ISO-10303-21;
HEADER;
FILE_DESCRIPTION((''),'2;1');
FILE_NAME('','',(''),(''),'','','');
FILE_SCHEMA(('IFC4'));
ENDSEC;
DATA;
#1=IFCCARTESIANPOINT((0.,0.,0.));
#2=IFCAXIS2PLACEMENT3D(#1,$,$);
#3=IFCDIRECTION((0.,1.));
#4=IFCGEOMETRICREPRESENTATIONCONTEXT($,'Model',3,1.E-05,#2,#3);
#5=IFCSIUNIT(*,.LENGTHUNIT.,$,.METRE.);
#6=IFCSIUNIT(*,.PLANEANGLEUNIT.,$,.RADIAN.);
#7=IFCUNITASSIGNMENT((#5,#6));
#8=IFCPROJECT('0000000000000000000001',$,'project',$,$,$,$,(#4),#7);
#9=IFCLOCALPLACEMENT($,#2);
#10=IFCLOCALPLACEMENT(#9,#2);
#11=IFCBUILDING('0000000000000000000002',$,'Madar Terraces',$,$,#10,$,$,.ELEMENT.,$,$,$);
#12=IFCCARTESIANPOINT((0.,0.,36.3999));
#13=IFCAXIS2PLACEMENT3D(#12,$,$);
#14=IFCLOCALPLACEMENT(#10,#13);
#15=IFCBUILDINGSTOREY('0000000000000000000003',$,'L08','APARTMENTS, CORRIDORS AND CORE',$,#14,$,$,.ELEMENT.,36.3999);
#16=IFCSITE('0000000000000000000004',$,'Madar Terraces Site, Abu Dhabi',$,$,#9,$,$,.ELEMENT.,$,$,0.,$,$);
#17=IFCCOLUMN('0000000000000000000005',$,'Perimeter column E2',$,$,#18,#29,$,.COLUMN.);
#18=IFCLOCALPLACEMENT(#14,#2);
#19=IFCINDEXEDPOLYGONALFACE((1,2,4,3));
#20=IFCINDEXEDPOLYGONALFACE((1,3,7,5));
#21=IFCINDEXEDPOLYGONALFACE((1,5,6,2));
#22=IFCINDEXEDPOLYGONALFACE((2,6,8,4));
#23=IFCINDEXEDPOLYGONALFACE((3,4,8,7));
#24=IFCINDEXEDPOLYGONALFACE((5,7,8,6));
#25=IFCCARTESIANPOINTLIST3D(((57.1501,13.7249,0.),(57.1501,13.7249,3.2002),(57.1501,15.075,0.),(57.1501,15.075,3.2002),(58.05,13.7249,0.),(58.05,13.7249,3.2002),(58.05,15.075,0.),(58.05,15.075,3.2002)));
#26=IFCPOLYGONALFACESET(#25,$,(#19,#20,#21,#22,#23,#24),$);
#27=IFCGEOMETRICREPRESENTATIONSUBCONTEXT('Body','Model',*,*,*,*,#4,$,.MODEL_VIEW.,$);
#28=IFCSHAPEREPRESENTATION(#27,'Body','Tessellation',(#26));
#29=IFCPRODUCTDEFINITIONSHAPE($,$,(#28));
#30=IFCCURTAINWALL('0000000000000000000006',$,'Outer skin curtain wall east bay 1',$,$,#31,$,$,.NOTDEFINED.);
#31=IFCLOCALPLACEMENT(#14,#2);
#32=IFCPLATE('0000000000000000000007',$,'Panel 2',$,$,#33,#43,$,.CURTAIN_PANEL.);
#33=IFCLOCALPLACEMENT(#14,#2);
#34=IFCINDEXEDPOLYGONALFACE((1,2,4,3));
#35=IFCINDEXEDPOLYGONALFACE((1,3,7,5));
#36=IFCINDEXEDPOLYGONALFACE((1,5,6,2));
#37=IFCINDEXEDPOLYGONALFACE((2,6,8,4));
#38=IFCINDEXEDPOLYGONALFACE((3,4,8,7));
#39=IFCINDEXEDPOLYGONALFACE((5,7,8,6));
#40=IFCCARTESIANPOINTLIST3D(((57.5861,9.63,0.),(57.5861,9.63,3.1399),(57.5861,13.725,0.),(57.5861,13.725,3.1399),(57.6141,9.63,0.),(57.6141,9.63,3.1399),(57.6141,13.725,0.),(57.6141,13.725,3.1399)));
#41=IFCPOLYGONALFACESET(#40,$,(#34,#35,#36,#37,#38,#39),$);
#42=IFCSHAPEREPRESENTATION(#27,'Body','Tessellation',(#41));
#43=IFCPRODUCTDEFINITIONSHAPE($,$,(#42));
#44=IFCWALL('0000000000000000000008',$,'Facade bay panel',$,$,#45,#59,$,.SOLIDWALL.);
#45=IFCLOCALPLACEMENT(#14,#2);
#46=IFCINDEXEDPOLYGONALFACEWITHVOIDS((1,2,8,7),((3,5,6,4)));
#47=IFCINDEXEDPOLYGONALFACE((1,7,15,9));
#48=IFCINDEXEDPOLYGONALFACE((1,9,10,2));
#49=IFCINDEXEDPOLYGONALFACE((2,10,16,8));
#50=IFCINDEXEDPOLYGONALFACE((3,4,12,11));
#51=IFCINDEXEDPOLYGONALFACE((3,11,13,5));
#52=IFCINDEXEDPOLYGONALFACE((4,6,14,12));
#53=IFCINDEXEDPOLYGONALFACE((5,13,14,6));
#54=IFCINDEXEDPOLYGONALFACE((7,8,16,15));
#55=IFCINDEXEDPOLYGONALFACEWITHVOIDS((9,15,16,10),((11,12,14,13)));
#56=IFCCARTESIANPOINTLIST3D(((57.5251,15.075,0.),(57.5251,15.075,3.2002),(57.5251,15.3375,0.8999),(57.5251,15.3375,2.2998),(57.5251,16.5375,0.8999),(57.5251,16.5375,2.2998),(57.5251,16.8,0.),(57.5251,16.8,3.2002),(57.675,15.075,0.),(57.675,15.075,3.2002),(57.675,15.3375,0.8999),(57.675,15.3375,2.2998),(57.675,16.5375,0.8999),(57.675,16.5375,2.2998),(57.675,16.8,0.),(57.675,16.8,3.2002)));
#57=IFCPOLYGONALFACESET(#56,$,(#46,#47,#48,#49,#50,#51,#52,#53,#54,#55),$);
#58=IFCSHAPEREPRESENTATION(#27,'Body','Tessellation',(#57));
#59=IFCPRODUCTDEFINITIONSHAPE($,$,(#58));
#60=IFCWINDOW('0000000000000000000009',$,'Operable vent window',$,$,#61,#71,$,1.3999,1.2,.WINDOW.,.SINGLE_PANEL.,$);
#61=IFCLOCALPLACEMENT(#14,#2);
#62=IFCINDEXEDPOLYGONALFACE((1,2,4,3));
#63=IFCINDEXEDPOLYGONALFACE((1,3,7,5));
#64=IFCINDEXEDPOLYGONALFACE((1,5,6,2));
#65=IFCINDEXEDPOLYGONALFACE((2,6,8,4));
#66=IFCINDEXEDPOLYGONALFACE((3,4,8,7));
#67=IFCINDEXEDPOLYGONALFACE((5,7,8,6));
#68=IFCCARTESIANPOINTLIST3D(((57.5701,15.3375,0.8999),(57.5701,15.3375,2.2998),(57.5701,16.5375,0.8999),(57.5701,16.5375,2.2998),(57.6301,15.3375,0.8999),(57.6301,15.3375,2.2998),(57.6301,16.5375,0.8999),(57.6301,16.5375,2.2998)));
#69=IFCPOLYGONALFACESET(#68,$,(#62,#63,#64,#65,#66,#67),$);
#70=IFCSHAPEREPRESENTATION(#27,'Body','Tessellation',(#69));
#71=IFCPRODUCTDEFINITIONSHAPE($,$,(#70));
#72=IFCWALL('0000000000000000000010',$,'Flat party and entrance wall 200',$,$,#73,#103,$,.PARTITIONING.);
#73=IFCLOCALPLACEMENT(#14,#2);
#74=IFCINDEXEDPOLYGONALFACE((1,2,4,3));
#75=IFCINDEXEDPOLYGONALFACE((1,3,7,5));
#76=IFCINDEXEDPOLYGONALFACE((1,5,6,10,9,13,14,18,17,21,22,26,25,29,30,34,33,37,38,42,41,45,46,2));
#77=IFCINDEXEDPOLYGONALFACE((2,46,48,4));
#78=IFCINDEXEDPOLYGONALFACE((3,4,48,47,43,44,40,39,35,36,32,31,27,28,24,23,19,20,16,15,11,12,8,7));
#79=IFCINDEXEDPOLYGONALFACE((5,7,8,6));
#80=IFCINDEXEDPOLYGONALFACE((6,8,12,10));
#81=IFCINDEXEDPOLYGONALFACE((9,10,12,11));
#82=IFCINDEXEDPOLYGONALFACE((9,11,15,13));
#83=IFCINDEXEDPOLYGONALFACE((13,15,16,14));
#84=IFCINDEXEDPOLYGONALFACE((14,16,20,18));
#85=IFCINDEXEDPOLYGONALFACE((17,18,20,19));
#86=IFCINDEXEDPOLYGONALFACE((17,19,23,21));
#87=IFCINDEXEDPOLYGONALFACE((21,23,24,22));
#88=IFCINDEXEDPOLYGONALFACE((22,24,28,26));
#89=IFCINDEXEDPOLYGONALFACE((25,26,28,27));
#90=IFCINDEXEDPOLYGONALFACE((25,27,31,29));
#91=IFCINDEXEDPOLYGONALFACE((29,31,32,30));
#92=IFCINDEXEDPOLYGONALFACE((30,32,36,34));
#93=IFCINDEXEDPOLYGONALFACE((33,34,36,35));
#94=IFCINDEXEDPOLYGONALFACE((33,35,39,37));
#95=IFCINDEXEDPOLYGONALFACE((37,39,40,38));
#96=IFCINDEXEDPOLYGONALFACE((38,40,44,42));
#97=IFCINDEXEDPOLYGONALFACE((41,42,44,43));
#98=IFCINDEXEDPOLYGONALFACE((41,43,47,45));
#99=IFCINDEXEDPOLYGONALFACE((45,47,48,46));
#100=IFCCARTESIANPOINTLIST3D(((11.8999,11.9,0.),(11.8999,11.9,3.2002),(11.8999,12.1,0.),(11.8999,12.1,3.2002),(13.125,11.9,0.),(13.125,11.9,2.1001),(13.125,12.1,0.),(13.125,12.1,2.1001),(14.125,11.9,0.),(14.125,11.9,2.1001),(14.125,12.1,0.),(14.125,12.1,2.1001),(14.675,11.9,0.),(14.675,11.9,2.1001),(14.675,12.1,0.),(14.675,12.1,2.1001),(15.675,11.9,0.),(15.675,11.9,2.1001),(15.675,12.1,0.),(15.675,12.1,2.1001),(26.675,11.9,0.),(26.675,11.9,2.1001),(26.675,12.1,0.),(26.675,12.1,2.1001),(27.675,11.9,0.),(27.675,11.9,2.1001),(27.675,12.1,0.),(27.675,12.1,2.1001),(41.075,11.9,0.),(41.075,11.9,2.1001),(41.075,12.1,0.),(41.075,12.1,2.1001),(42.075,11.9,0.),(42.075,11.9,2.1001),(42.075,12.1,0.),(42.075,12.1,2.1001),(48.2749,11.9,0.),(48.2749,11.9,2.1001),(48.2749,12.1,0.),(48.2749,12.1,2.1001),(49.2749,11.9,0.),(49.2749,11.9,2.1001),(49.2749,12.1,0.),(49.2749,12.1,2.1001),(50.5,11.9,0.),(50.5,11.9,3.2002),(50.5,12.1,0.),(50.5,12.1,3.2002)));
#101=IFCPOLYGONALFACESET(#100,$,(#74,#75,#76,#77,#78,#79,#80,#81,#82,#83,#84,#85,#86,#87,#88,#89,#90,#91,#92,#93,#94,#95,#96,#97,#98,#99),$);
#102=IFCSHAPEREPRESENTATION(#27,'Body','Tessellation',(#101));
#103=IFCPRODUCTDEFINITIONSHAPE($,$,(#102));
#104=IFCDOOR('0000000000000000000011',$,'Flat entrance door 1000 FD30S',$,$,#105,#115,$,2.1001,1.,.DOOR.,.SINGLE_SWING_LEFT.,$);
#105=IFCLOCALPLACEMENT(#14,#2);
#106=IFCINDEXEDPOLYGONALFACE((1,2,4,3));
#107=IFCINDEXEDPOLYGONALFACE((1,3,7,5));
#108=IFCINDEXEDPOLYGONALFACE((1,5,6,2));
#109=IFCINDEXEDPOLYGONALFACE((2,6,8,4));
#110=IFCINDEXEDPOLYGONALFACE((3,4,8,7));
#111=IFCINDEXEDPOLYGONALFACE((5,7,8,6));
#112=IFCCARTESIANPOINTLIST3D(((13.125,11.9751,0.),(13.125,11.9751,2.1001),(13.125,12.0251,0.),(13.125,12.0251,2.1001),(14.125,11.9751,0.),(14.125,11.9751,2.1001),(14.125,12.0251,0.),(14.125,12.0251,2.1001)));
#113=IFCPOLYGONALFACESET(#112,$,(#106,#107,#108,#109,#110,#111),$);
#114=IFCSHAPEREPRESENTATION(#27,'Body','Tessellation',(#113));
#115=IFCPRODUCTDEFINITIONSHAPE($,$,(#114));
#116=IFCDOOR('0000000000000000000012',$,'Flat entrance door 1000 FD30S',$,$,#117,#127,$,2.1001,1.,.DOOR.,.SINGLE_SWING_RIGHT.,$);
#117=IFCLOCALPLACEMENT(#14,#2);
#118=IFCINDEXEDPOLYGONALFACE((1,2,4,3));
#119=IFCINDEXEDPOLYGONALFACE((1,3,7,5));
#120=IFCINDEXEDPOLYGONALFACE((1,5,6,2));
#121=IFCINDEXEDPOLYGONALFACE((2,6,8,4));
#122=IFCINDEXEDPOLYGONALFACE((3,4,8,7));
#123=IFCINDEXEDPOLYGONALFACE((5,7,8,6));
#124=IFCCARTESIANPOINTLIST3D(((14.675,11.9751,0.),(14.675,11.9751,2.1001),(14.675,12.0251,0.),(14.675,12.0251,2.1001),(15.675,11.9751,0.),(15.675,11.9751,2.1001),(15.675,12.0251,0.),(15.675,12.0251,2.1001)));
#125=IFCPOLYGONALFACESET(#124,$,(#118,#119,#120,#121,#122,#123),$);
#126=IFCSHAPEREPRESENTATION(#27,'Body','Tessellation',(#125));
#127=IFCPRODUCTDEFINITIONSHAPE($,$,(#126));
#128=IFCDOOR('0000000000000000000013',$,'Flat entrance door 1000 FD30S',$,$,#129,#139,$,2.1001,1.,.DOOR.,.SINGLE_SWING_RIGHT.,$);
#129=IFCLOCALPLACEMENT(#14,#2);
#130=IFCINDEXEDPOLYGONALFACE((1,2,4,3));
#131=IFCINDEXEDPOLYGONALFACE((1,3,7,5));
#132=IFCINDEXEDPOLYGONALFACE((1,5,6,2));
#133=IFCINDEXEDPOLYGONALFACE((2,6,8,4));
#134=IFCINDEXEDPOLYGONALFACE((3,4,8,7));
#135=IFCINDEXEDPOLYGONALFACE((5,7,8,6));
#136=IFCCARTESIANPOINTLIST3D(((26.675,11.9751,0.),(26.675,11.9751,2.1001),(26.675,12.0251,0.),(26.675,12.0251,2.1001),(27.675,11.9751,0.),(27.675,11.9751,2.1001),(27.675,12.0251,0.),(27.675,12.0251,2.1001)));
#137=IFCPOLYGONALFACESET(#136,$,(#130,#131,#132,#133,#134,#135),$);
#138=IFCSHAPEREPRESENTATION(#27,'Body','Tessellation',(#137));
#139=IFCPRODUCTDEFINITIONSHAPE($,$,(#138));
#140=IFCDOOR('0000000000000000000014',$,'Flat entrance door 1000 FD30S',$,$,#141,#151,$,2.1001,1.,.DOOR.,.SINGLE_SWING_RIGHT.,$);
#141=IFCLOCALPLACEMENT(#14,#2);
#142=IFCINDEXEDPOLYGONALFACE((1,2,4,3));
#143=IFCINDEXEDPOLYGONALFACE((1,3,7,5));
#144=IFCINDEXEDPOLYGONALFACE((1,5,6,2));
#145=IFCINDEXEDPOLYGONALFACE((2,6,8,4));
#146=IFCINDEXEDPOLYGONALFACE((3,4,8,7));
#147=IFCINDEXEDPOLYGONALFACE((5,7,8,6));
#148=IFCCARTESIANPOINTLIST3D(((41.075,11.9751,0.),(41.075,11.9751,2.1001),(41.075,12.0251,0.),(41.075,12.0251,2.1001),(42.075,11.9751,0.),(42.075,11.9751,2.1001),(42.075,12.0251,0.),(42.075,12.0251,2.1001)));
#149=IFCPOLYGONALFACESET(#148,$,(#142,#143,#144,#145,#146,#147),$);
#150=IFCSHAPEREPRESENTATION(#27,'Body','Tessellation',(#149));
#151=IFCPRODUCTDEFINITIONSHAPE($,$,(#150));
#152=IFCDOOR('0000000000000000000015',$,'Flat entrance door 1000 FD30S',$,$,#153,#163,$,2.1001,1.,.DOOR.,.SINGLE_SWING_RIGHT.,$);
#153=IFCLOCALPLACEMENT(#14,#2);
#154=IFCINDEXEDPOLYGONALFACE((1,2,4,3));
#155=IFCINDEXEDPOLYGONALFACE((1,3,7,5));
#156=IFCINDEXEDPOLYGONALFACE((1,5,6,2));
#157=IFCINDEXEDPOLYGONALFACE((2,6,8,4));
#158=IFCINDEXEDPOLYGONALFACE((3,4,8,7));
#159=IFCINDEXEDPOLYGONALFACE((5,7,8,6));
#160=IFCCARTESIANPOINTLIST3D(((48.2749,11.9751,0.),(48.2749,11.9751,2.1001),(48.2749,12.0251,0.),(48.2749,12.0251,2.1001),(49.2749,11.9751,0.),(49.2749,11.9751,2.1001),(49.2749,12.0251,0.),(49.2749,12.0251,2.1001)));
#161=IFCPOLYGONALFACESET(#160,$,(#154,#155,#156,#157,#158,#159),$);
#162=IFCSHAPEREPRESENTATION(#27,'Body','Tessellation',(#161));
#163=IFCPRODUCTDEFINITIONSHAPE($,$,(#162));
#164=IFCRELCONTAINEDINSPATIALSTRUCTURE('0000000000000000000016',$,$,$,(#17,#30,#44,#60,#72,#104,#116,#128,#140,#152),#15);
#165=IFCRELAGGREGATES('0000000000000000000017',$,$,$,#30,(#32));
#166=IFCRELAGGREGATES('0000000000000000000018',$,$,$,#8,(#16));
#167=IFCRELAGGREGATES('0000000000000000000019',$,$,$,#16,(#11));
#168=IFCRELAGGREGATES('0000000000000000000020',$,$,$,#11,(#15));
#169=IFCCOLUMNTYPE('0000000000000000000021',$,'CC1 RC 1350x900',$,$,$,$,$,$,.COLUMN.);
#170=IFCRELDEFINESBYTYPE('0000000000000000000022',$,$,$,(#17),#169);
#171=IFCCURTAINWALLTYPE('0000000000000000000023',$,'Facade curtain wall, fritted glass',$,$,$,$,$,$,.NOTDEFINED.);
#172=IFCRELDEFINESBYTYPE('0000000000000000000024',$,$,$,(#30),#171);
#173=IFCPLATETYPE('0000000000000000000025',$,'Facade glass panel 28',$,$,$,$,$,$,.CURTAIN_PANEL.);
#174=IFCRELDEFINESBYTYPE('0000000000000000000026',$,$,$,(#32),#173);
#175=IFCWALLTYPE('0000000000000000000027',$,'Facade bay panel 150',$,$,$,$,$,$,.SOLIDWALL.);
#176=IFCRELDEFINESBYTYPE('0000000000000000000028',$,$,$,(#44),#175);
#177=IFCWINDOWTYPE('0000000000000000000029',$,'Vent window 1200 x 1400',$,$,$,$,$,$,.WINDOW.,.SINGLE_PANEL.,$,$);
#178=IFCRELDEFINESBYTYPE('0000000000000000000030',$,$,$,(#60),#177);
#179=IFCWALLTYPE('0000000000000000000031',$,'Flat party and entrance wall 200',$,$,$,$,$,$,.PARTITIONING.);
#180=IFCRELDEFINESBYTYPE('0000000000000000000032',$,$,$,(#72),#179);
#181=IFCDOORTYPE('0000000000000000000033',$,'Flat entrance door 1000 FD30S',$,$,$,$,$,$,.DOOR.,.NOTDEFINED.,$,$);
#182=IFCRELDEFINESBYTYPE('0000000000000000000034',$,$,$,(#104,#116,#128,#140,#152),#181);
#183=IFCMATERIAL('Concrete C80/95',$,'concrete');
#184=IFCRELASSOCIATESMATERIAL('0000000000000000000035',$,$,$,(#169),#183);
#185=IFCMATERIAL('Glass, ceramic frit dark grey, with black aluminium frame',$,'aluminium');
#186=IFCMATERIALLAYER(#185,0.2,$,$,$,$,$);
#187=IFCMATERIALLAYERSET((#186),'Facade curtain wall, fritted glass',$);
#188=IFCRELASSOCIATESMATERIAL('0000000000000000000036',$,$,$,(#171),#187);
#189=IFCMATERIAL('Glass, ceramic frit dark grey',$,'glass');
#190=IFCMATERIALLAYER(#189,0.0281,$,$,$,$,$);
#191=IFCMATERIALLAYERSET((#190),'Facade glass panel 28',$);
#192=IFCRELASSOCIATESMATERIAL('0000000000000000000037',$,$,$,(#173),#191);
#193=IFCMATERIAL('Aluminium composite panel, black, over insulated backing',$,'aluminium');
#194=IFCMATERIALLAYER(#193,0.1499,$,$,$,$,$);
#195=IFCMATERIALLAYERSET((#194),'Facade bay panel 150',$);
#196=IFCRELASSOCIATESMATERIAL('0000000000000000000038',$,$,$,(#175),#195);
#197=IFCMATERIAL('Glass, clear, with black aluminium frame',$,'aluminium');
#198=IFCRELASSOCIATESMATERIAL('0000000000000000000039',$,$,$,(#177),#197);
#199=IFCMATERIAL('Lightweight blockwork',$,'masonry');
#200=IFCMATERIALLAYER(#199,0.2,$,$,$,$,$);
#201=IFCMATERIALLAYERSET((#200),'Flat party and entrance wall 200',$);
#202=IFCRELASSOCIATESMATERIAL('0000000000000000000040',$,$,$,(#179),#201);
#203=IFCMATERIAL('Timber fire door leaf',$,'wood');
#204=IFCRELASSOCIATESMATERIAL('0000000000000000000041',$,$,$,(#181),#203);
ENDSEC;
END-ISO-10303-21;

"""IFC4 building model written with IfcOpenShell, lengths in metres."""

from ifc_helpers import new_model, si_unit, direction, frame, frame_2d, origin, origin_2d, place, context, subcontext, project, spatial, rectangle, extrude, material, layer, layer_set, material_profile, profile_set, type_object, element, fill, aggregate, save


model = new_model("IFC4")

# Units and contexts
model_context = context("Model", 3, precision=1e-05, world=origin(), true_north=direction((0.0, 1.0)))
body_context = subcontext(model_context, "Body", "Model", "MODEL_VIEW")
ifc_project = project(units=[si_unit("LENGTHUNIT", "METRE"), si_unit("PLANEANGLEUNIT", "RADIAN")], contexts=[model_context])

# Site, building, storey
site_placement = place(None, origin())
site = spatial("IfcSite", under=ifc_project, at=site_placement, Name="Madar Terraces Site, Abu Dhabi", CompositionType="ELEMENT", RefElevation=0.0)
building_placement = place(site_placement, origin())
building = spatial("IfcBuilding", under=site, at=building_placement, Name="Madar Terraces", CompositionType="ELEMENT")
storey_placement = place(building_placement, frame((0.0, 0.0, 36.3999)))
storey = spatial("IfcBuildingStorey", under=building, at=storey_placement, Name="L08", Description="APARTMENTS, CORRIDORS AND CORE", CompositionType="ELEMENT", Elevation=36.3999)

# Column
ifc_material_1 = material(Name="Concrete C80/95", Category="concrete")
ifc_material_profile = material_profile(ifc_material_1, rectangle(XDim=1.3501, YDim=0.8999, at=origin_2d()), Name="CC1 RC 1350x900")
ifc_profile_set = profile_set([ifc_material_profile], Name="Concrete C80/95")
column_type = type_object("IfcColumnType", Name="CC1 RC 1350x900", PredefinedType="COLUMN", material=ifc_profile_set)
column_placement = place(storey_placement, frame((57.6001, 14.3999, 0.0), z_axis=(0.0, 0.0, 1.0), x_axis=(0.0, 1.0, 0.0)))
element("IfcColumn", 1, at=column_placement, inside=storey, type_object=column_type, Name="Perimeter column E2", PredefinedType="COLUMN", context=body_context, shape_type="SweptSolid", body=[
    extrude(rectangle(XDim=1.3501, YDim=0.8999, at=origin_2d()), origin(), (0.0, 0.0, 1.0), 3.2002),
])

# Curtain wall, plate
ifc_material_2 = material(Name="Glass, ceramic frit dark grey, with black aluminium frame", Category="aluminium")
ifc_layer_1 = layer(ifc_material_2, 0.2)
ifc_layer_set_1 = layer_set([ifc_layer_1], Name="Facade curtain wall, fritted glass")
curtain_wall_type = type_object("IfcCurtainWallType", Name="Facade curtain wall, fritted glass", PredefinedType="NOTDEFINED", material=ifc_layer_set_1)
curtain_wall_placement = place(storey_placement, origin())
curtain_wall = element("IfcCurtainWall", 2, at=curtain_wall_placement, inside=storey, type_object=curtain_wall_type, Name="Outer skin curtain wall east bay 1", PredefinedType="NOTDEFINED")
ifc_material_3 = material(Name="Glass, ceramic frit dark grey", Category="glass")
ifc_layer_2 = layer(ifc_material_3, 0.0281)
ifc_layer_set_2 = layer_set([ifc_layer_2], Name="Facade glass panel 28")
plate_type = type_object("IfcPlateType", Name="Facade glass panel 28", PredefinedType="CURTAIN_PANEL", material=ifc_layer_set_2)
plate_placement = place(storey_placement, frame((57.6001, 11.6775, 0.0), z_axis=(0.0, 0.0, 1.0), x_axis=(0.0, 1.0, 0.0)))
plate = element("IfcPlate", 3, at=plate_placement, type_object=plate_type, Name="Panel 2", PredefinedType="CURTAIN_PANEL", context=body_context, shape_type="SweptSolid", body=[
    extrude(rectangle(XDim=4.095, YDim=0.0281, at=origin_2d()), origin(), (0.0, 0.0, 1.0), 3.1399),
])
aggregate(curtain_wall, [plate])

# Wall, opening, window
ifc_material_4 = material(Name="Aluminium composite panel, black, over insulated backing", Category="aluminium")
ifc_layer_3 = layer(ifc_material_4, 0.1499)
ifc_layer_set_3 = layer_set([ifc_layer_3], Name="Facade bay panel 150")
wall_type_1 = type_object("IfcWallType", Name="Facade bay panel 150", PredefinedType="SOLIDWALL", material=ifc_layer_set_3)
wall_1_placement = place(storey_placement, frame((57.6001, 15.075, 0.0), z_axis=(0.0, 0.0, 1.0), x_axis=(0.0, 1.0, 0.0)))
wall_1 = element("IfcWall", 4, at=wall_1_placement, inside=storey, type_object=wall_type_1, Name="Facade bay panel", PredefinedType="SOLIDWALL", context=body_context, shape_type="SweptSolid", body=[
    extrude(rectangle(XDim=1.7251, YDim=0.1499, at=frame_2d((0.8625, 0.0))), origin(), (0.0, 0.0, 1.0), 3.2002),
])
opening_1_placement = place(wall_1_placement, frame((0.2625, 0.0, 0.8999)))
opening_1 = element("IfcOpeningElement", 5, at=opening_1_placement, cuts=wall_1, PredefinedType="OPENING", context=body_context, shape_type="SweptSolid", body=[
    extrude(rectangle(XDim=1.2, YDim=1.3999, at=frame_2d((0.6001, 0.7))), frame((0.0, 0.085, 0.0), z_axis=(0.0, -1.0, 0.0), x_axis=(1.0, 0.0, 0.0)), (0.0, 0.0, 1.0), 0.1699),
])
ifc_material_5 = material(Name="Glass, clear, with black aluminium frame", Category="aluminium")
window_type = type_object("IfcWindowType", Name="Vent window 1200 x 1400", PartitioningType="SINGLE_PANEL", PredefinedType="WINDOW", material=ifc_material_5)
window_placement = place(opening_1_placement, origin())
window = element("IfcWindow", 6, at=window_placement, inside=storey, type_object=window_type, Name="Operable vent window", OverallHeight=1.3999, OverallWidth=1.2, PartitioningType="SINGLE_PANEL", PredefinedType="WINDOW", context=body_context, shape_type="SweptSolid", body=[
    extrude(rectangle(XDim=1.2, YDim=1.3999, at=frame_2d((0.6001, 0.7))), frame((0.0, 0.03, 0.0), z_axis=(0.0, -1.0, 0.0), x_axis=(1.0, 0.0, 0.0)), (0.0, 0.0, 1.0), 0.0601),
])
fill(opening_1, window)

# Wall, openings, doors
ifc_material_6 = material(Name="Lightweight blockwork", Category="masonry")
ifc_layer_4 = layer(ifc_material_6, 0.2)
ifc_layer_set_4 = layer_set([ifc_layer_4], Name="Flat party and entrance wall 200")
wall_type_2 = type_object("IfcWallType", Name="Flat party and entrance wall 200", PredefinedType="PARTITIONING", material=ifc_layer_set_4)
wall_2_placement = place(storey_placement, frame((50.5, 12.0, 0.0), z_axis=(0.0, 0.0, 1.0), x_axis=(-1.0, 0.0, 0.0)))
wall_2 = element("IfcWall", 7, at=wall_2_placement, inside=storey, type_object=wall_type_2, Name="Flat party and entrance wall 200", PredefinedType="PARTITIONING", context=body_context, shape_type="SweptSolid", body=[
    extrude(rectangle(XDim=38.6001, YDim=0.2, at=frame_2d((19.3, 0.0))), origin(), (0.0, 0.0, 1.0), 3.2002),
])
opening_2_placement = place(wall_2_placement, frame((36.375, 0.0, 0.0)))
opening_2 = element("IfcOpeningElement", 8, at=opening_2_placement, cuts=wall_2, PredefinedType="OPENING", context=body_context, shape_type="SweptSolid", body=[
    extrude(rectangle(XDim=1.0, YDim=2.1001, at=frame_2d((0.5, 1.05))), frame((0.0, 0.1099, 0.0), z_axis=(0.0, -1.0, 0.0), x_axis=(1.0, 0.0, 0.0)), (0.0, 0.0, 1.0), 0.22),
])
opening_3_placement = place(wall_2_placement, frame((34.825, 0.0, 0.0)))
opening_3 = element("IfcOpeningElement", 9, at=opening_3_placement, cuts=wall_2, PredefinedType="OPENING", context=body_context, shape_type="SweptSolid", body=[
    extrude(rectangle(XDim=1.0, YDim=2.1001, at=frame_2d((0.5, 1.05))), frame((0.0, 0.1099, 0.0), z_axis=(0.0, -1.0, 0.0), x_axis=(1.0, 0.0, 0.0)), (0.0, 0.0, 1.0), 0.22),
])
opening_4_placement = place(wall_2_placement, frame((22.825, 0.0, 0.0)))
opening_4 = element("IfcOpeningElement", 10, at=opening_4_placement, cuts=wall_2, PredefinedType="OPENING", context=body_context, shape_type="SweptSolid", body=[
    extrude(rectangle(XDim=1.0, YDim=2.1001, at=frame_2d((0.5, 1.05))), frame((0.0, 0.1099, 0.0), z_axis=(0.0, -1.0, 0.0), x_axis=(1.0, 0.0, 0.0)), (0.0, 0.0, 1.0), 0.22),
])
opening_5_placement = place(wall_2_placement, frame((8.425, 0.0, 0.0)))
opening_5 = element("IfcOpeningElement", 11, at=opening_5_placement, cuts=wall_2, PredefinedType="OPENING", context=body_context, shape_type="SweptSolid", body=[
    extrude(rectangle(XDim=1.0, YDim=2.1001, at=frame_2d((0.5, 1.05))), frame((0.0, 0.1099, 0.0), z_axis=(0.0, -1.0, 0.0), x_axis=(1.0, 0.0, 0.0)), (0.0, 0.0, 1.0), 0.22),
])
opening_6_placement = place(wall_2_placement, frame((1.2251, 0.0, 0.0)))
opening_6 = element("IfcOpeningElement", 12, at=opening_6_placement, cuts=wall_2, PredefinedType="OPENING", context=body_context, shape_type="SweptSolid", body=[
    extrude(rectangle(XDim=1.0, YDim=2.1001, at=frame_2d((0.5, 1.05))), frame((0.0, 0.1099, 0.0), z_axis=(0.0, -1.0, 0.0), x_axis=(1.0, 0.0, 0.0)), (0.0, 0.0, 1.0), 0.22),
])
ifc_material_7 = material(Name="Timber fire door leaf", Category="wood")
door_type_1 = type_object("IfcDoorType", Name="Flat entrance door 1000 FD30S", OperationType="NOTDEFINED", PredefinedType="DOOR", material=ifc_material_7)
door_1_placement = place(opening_2_placement, origin())
door_1 = element("IfcDoor", 13, at=door_1_placement, inside=storey, type_object=door_type_1, Name="Flat entrance door 1000 FD30S", OperationType="SINGLE_SWING_LEFT", OverallHeight=2.1001, OverallWidth=1.0, PredefinedType="DOOR", context=body_context, shape_type="SweptSolid", body=[
    extrude(rectangle(XDim=1.0, YDim=2.1001, at=frame_2d((0.5, 1.05))), frame((0.0, 0.0249, 0.0), z_axis=(0.0, -1.0, 0.0), x_axis=(1.0, 0.0, 0.0)), (0.0, 0.0, 1.0), 0.05),
])
fill(opening_2, door_1)
door_2_placement = place(opening_3_placement, origin())
door_2 = element("IfcDoor", 14, at=door_2_placement, inside=storey, type_object=door_type_1, Name="Flat entrance door 1000 FD30S", OperationType="SINGLE_SWING_RIGHT", OverallHeight=2.1001, OverallWidth=1.0, PredefinedType="DOOR", context=body_context, shape_type="SweptSolid", body=[
    extrude(rectangle(XDim=1.0, YDim=2.1001, at=frame_2d((0.5, 1.05))), frame((0.0, 0.0249, 0.0), z_axis=(0.0, -1.0, 0.0), x_axis=(1.0, 0.0, 0.0)), (0.0, 0.0, 1.0), 0.05),
])
fill(opening_3, door_2)
door_3_placement = place(opening_4_placement, origin())
door_3 = element("IfcDoor", 15, at=door_3_placement, inside=storey, type_object=door_type_1, Name="Flat entrance door 1000 FD30S", OperationType="SINGLE_SWING_RIGHT", OverallHeight=2.1001, OverallWidth=1.0, PredefinedType="DOOR", context=body_context, shape_type="SweptSolid", body=[
    extrude(rectangle(XDim=1.0, YDim=2.1001, at=frame_2d((0.5, 1.05))), frame((0.0, 0.0249, 0.0), z_axis=(0.0, -1.0, 0.0), x_axis=(1.0, 0.0, 0.0)), (0.0, 0.0, 1.0), 0.05),
])
fill(opening_4, door_3)
door_4_placement = place(opening_5_placement, origin())
door_4 = element("IfcDoor", 16, at=door_4_placement, inside=storey, type_object=door_type_1, Name="Flat entrance door 1000 FD30S", OperationType="SINGLE_SWING_RIGHT", OverallHeight=2.1001, OverallWidth=1.0, PredefinedType="DOOR", context=body_context, shape_type="SweptSolid", body=[
    extrude(rectangle(XDim=1.0, YDim=2.1001, at=frame_2d((0.5, 1.05))), frame((0.0, 0.0249, 0.0), z_axis=(0.0, -1.0, 0.0), x_axis=(1.0, 0.0, 0.0)), (0.0, 0.0, 1.0), 0.05),
])
fill(opening_5, door_4)
door_5_placement = place(opening_6_placement, origin())
door_5 = element("IfcDoor", 17, at=door_5_placement, inside=storey, type_object=door_type_1, Name="Flat entrance door 1000 FD30S", OperationType="SINGLE_SWING_RIGHT", OverallHeight=2.1001, OverallWidth=1.0, PredefinedType="DOOR", context=body_context, shape_type="SweptSolid", body=[
    extrude(rectangle(XDim=1.0, YDim=2.1001, at=frame_2d((0.5, 1.05))), frame((0.0, 0.0249, 0.0), z_axis=(0.0, -1.0, 0.0), x_axis=(1.0, 0.0, 0.0)), (0.0, 0.0, 1.0), 0.05),
])
fill(opening_6, door_5)

save(model, "model.ifc")
